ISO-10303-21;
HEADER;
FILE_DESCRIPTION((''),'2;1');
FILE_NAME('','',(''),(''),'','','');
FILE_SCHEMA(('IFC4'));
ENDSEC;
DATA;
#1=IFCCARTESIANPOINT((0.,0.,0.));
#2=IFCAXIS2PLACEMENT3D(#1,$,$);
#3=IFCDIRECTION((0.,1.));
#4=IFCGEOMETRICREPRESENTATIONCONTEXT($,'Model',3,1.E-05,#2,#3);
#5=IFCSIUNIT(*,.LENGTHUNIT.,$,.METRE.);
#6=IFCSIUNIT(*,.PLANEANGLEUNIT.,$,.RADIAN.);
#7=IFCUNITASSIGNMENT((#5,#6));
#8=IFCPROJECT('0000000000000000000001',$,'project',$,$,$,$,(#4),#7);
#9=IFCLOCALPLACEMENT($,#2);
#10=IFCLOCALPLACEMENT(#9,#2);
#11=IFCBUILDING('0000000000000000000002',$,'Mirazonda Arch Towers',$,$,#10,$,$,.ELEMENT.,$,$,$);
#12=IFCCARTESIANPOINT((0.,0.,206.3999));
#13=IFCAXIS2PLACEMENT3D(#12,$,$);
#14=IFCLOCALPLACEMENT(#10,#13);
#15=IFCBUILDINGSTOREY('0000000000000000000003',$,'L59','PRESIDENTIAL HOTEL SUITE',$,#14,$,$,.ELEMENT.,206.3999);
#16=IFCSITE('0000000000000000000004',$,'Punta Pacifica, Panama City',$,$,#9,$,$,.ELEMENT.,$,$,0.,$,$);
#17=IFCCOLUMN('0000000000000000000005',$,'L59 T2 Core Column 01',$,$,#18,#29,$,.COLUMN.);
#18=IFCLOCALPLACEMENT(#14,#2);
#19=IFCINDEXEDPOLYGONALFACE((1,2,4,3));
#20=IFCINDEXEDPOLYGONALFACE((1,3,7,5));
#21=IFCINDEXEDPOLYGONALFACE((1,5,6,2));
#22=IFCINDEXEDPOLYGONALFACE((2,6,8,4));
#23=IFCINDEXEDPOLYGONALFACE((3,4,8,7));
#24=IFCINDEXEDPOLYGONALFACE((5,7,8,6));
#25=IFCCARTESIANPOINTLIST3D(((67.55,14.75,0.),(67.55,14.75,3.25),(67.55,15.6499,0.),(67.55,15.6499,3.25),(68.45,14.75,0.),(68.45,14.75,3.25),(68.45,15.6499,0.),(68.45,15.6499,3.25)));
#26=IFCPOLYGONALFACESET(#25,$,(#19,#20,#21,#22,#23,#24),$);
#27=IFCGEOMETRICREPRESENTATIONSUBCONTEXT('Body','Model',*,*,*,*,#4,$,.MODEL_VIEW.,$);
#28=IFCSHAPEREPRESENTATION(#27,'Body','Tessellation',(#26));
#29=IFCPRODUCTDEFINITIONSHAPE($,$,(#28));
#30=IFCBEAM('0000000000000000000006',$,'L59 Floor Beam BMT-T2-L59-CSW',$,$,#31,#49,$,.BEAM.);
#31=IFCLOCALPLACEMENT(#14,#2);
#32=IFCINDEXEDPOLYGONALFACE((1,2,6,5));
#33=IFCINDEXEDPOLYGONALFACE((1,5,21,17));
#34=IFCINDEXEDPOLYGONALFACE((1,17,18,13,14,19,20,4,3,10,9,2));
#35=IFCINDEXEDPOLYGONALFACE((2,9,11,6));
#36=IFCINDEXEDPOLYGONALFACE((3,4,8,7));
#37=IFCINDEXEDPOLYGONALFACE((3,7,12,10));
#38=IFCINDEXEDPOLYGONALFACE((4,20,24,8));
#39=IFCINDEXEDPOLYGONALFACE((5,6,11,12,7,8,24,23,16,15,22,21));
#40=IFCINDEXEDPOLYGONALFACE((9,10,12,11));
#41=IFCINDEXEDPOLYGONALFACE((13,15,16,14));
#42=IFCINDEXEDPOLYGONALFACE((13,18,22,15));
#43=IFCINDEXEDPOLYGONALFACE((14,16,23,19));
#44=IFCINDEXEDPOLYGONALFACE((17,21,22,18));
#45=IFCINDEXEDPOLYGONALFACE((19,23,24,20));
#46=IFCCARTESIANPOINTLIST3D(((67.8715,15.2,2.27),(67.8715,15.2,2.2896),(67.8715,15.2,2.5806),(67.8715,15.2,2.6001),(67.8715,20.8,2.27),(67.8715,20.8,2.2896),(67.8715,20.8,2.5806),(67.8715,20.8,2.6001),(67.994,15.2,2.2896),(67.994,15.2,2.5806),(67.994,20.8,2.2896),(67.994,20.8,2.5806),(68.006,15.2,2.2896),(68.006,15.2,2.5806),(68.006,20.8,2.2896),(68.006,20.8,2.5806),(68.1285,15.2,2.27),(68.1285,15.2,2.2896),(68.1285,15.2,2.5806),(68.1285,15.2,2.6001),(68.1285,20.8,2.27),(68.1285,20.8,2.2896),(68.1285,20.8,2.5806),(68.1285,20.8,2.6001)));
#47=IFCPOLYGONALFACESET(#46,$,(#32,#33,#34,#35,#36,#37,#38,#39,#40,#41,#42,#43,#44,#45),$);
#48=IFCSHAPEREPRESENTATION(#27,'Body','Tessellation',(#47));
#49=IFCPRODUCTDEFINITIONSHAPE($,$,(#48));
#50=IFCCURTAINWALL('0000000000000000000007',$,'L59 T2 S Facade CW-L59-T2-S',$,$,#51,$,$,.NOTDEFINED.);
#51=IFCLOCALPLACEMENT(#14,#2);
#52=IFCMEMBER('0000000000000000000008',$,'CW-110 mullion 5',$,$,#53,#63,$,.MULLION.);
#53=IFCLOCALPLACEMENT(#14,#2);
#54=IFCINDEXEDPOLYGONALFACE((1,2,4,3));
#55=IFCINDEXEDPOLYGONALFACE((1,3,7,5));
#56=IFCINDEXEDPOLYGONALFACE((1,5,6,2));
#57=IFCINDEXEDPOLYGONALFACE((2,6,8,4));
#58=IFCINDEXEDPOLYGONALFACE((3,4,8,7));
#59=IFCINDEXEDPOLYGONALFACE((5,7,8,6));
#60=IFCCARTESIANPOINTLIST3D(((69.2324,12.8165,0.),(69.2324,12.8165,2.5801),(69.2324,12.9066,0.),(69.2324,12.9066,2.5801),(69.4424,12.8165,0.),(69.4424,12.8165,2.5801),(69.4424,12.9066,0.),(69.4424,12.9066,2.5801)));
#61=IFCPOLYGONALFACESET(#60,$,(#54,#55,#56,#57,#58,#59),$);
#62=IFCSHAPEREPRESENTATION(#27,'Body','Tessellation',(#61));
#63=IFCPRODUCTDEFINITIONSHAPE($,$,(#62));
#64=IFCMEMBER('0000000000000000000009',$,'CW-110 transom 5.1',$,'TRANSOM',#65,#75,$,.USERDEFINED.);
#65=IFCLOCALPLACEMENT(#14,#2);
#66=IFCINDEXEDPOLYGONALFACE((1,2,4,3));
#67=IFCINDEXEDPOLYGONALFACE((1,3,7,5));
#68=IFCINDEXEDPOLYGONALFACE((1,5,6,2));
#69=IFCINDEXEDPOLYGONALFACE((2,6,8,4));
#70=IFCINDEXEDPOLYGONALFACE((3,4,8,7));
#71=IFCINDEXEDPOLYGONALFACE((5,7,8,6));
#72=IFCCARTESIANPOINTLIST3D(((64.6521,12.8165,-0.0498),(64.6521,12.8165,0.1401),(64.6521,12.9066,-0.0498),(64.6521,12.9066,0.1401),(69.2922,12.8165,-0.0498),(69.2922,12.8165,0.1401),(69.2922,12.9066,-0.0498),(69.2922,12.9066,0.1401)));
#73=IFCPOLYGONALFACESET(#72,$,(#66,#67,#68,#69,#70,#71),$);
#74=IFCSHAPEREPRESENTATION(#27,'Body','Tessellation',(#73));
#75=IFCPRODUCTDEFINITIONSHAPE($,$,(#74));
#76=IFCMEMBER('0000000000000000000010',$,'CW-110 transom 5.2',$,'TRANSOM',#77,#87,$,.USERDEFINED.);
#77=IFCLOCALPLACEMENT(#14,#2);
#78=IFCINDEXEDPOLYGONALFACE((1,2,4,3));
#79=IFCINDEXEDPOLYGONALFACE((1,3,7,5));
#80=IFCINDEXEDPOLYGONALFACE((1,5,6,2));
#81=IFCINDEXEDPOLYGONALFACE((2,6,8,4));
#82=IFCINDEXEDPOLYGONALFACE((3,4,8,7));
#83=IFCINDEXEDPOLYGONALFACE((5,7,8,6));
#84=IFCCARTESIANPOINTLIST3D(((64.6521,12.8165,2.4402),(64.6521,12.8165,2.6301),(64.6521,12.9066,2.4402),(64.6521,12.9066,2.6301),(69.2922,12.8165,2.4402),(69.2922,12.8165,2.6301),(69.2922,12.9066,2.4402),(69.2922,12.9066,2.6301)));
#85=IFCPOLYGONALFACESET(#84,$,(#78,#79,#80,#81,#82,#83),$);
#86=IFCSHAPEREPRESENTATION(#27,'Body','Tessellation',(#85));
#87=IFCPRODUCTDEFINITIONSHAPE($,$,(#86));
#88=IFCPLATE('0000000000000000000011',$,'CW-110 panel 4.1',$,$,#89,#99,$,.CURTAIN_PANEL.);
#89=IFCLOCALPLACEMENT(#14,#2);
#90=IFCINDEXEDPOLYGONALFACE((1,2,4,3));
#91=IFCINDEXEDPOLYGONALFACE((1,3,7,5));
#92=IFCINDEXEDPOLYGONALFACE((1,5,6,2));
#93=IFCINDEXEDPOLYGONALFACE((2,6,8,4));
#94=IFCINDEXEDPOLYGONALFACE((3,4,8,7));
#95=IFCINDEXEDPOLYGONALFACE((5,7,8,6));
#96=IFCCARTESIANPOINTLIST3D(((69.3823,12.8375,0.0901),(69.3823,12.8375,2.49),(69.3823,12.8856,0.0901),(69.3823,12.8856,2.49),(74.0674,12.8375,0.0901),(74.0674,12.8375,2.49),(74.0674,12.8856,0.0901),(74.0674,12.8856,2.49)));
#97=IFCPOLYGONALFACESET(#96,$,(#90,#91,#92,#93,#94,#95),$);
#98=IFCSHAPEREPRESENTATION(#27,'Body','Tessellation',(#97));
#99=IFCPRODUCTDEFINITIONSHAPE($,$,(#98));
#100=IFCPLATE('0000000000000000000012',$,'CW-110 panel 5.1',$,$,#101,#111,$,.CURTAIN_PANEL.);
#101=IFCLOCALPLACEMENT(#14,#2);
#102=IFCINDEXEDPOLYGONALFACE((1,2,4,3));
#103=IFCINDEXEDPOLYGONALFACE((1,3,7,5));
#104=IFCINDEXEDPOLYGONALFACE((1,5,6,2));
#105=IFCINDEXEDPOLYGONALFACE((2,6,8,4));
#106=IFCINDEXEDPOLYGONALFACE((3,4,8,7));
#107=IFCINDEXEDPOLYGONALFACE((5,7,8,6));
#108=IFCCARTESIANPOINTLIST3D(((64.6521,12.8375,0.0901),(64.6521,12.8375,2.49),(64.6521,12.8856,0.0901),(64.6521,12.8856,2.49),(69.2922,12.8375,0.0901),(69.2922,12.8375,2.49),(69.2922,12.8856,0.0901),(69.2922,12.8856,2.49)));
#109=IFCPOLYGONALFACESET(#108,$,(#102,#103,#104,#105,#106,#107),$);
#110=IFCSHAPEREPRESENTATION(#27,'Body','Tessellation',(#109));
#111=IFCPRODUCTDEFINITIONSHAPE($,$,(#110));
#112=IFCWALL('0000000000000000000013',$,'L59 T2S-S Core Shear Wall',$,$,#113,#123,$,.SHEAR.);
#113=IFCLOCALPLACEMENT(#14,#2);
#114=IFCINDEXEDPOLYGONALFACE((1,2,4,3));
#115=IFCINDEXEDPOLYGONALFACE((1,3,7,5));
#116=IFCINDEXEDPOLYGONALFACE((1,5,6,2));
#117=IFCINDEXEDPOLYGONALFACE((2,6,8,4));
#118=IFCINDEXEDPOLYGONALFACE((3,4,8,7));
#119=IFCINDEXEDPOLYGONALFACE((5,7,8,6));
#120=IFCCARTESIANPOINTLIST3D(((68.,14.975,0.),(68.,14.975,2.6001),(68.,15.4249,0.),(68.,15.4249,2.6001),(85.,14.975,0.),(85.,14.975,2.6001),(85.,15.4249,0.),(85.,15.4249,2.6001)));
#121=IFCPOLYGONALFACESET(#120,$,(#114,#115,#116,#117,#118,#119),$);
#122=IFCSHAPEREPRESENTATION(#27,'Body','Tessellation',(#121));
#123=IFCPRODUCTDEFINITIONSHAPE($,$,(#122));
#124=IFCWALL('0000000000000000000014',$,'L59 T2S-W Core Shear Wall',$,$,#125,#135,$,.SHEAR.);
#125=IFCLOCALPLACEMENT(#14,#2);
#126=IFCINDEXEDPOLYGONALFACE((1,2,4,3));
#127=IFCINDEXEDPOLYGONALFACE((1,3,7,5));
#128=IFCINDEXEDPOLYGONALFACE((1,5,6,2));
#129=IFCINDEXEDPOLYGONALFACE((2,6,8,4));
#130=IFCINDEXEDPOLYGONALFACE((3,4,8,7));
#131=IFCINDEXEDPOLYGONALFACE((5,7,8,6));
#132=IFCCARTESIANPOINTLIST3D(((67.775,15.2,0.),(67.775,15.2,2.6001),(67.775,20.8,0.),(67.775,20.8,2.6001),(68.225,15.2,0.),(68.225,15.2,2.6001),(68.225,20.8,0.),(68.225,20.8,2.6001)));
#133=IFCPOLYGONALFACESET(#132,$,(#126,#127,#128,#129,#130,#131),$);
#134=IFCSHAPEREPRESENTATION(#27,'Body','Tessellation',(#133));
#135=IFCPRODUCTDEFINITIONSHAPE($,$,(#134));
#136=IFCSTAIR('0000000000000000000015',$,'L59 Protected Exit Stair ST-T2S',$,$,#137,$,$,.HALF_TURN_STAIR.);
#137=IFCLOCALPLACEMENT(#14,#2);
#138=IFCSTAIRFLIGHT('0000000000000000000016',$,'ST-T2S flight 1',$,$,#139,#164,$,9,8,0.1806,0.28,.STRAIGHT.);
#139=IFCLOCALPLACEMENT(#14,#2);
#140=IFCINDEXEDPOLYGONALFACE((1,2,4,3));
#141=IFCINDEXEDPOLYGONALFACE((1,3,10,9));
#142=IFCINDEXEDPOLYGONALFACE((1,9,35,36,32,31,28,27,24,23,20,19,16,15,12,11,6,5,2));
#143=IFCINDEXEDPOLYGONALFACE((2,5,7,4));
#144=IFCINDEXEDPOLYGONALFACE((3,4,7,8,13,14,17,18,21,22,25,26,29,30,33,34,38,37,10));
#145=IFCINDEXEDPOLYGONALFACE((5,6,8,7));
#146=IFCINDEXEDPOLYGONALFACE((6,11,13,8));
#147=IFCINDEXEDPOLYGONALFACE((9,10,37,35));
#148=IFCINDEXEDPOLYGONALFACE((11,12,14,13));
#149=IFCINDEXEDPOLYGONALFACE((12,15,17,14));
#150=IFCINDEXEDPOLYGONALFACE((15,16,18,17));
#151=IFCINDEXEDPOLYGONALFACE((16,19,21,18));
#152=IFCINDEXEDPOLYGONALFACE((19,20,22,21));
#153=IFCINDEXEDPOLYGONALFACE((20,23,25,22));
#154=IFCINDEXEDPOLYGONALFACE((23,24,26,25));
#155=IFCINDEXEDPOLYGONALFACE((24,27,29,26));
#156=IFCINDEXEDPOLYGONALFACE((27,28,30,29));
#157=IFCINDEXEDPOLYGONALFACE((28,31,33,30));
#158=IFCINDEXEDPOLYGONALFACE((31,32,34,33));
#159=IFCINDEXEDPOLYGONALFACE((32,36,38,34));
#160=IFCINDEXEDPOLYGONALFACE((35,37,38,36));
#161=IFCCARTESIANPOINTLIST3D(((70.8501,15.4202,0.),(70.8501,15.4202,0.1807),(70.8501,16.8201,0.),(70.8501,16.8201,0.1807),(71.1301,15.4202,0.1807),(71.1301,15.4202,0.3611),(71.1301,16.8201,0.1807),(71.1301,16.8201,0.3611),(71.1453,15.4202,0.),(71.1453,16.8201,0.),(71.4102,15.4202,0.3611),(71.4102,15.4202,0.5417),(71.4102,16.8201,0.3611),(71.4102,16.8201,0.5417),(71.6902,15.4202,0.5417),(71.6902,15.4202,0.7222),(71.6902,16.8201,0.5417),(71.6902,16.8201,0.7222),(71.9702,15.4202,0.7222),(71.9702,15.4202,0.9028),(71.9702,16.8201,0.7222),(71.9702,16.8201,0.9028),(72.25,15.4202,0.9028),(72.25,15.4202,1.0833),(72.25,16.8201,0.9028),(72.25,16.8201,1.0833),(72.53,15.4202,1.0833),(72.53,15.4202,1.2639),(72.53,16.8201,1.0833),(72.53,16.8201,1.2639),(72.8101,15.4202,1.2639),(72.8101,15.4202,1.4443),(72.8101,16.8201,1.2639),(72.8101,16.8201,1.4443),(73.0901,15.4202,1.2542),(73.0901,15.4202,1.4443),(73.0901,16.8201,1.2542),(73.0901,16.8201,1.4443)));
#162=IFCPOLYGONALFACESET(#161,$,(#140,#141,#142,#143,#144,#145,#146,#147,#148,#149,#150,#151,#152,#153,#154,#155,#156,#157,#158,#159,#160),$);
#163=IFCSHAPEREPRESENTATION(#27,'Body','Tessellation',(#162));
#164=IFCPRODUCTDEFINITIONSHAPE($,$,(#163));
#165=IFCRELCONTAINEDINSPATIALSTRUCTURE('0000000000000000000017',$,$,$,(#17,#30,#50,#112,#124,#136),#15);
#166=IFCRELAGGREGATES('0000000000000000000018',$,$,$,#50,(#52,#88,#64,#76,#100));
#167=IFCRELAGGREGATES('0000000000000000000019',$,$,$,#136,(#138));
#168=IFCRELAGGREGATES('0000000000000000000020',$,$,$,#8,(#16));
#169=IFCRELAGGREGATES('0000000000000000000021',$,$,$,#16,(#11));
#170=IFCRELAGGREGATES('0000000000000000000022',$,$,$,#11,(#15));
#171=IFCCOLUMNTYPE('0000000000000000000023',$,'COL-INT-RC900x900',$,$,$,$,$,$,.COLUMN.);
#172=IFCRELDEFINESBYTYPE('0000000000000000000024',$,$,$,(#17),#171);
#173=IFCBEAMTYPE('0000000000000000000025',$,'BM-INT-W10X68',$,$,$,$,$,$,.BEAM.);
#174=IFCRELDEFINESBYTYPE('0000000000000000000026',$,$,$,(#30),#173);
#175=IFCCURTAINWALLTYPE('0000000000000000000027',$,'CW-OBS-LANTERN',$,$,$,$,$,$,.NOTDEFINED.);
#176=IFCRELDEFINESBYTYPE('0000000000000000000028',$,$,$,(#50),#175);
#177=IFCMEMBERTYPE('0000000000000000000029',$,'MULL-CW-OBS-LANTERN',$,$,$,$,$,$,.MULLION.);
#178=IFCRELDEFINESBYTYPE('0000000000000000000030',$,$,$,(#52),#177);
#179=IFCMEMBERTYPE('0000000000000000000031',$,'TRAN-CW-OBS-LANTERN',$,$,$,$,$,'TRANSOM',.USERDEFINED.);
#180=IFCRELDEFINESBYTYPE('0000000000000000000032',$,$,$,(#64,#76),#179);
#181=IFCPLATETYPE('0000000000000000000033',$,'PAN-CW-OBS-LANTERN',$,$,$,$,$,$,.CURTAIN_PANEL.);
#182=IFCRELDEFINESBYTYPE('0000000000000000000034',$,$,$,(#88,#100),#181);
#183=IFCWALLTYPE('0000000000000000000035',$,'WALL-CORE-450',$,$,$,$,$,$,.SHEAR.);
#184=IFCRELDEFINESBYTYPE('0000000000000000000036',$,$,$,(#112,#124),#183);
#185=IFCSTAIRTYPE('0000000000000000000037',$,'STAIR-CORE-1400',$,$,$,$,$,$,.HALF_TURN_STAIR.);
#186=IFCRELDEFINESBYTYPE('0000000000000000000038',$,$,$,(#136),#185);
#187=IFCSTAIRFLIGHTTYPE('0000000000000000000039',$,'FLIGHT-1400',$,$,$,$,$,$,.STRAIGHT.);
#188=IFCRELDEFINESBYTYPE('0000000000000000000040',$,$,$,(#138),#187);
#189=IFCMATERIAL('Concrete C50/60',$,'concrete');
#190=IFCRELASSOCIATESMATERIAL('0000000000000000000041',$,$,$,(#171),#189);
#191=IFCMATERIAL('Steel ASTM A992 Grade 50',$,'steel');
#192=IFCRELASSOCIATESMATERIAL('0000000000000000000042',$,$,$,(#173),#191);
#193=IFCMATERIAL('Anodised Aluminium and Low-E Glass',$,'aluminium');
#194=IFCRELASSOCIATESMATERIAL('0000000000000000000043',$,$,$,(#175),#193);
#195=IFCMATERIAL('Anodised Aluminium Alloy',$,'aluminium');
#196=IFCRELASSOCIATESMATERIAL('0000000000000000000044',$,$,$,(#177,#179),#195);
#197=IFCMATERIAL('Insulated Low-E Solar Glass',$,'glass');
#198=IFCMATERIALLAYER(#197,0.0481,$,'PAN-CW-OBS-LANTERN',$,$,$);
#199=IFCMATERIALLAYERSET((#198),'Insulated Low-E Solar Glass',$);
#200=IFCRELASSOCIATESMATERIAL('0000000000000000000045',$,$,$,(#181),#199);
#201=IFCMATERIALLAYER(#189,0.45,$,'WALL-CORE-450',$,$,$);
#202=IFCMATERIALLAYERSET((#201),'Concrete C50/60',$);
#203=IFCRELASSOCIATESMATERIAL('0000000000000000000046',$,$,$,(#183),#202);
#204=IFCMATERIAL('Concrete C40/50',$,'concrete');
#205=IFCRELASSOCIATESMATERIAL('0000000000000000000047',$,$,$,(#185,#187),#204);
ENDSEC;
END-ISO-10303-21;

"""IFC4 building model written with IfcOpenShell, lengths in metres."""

from ifc_helpers import new_model, si_unit, direction, frame, frame_2d, origin, origin_2d, place, context, subcontext, project, spatial, polyline, rectangle, i_section, outline, extrude, material, layer, layer_set, material_profile, profile_set, type_object, element, aggregate, save


model = new_model("IFC4")

# Units and contexts
model_context = context("Model", 3, precision=1e-05, world=origin(), true_north=direction((0.0, 1.0)))
body_context = subcontext(model_context, "Body", "Model", "MODEL_VIEW")
ifc_project = project(units=[si_unit("LENGTHUNIT", "METRE"), si_unit("PLANEANGLEUNIT", "RADIAN")], contexts=[model_context])

# Site, building, storey
site_placement = place(None, origin())
site = spatial("IfcSite", under=ifc_project, at=site_placement, Name="Punta Pacifica, Panama City", CompositionType="ELEMENT", RefElevation=0.0)
building_placement = place(site_placement, origin())
building = spatial("IfcBuilding", under=site, at=building_placement, Name="Mirazonda Arch Towers", CompositionType="ELEMENT")
storey_placement = place(building_placement, frame((0.0, 0.0, 206.3999)))
storey = spatial("IfcBuildingStorey", under=building, at=storey_placement, Name="L59", Description="PRESIDENTIAL HOTEL SUITE", CompositionType="ELEMENT", Elevation=206.3999)

# Column
ifc_material_1 = material(Name="Concrete C50/60", Category="concrete")
ifc_material_profile_1 = material_profile(ifc_material_1, rectangle(XDim=0.8999, YDim=0.8999, at=origin_2d()), Name="RC900x900")
ifc_profile_set_1 = profile_set([ifc_material_profile_1], Name="Concrete C50/60")
column_type = type_object("IfcColumnType", Name="COL-INT-RC900x900", PredefinedType="COLUMN", material=ifc_profile_set_1)
column_placement = place(storey_placement, frame((68.0, 15.2, 0.0), z_axis=(0.0, 0.0, 1.0), x_axis=(1.0, 0.0, 0.0)))
element("IfcColumn", 1, at=column_placement, inside=storey, type_object=column_type, Name="L59 T2 Core Column 01", PredefinedType="COLUMN", context=body_context, shape_type="SweptSolid", body=[
    extrude(rectangle(XDim=0.8999, YDim=0.8999, at=origin_2d()), origin(), (0.0, 0.0, 1.0), 3.25),
])

# Beam
ifc_material_2 = material(Name="Steel ASTM A992 Grade 50", Category="steel")
ifc_material_profile_2 = material_profile(ifc_material_2, i_section(OverallWidth=0.2571, OverallDepth=0.3301, WebThickness=0.012, FlangeThickness=0.0195, at=origin_2d()), Name="W10X68")
ifc_profile_set_2 = profile_set([ifc_material_profile_2], Name="Steel ASTM A992 Grade 50")
beam_type = type_object("IfcBeamType", Name="BM-INT-W10X68", PredefinedType="BEAM", material=ifc_profile_set_2)
beam_placement = place(storey_placement, frame((68.0, 15.2, 2.4351), z_axis=(0.0, 1.0, 0.0), x_axis=(-1.0, 0.0, 0.0)))
element("IfcBeam", 2, at=beam_placement, inside=storey, type_object=beam_type, Name="L59 Floor Beam BMT-T2-L59-CSW", PredefinedType="BEAM", context=body_context, shape_type="SweptSolid", body=[
    extrude(i_section(OverallWidth=0.2571, OverallDepth=0.3301, WebThickness=0.012, FlangeThickness=0.0195, at=origin_2d()), origin(), (0.0, 0.0, 1.0), 5.6001),
])

# Curtain wall, members, plates
ifc_material_3 = material(Name="Anodised Aluminium and Low-E Glass", Category="aluminium")
curtain_wall_type = type_object("IfcCurtainWallType", Name="CW-OBS-LANTERN", PredefinedType="NOTDEFINED", material=ifc_material_3)
curtain_wall_placement = place(storey_placement, origin())
curtain_wall = element("IfcCurtainWall", 3, at=curtain_wall_placement, inside=storey, type_object=curtain_wall_type, Name="L59 T2 S Facade CW-L59-T2-S", PredefinedType="NOTDEFINED")
ifc_material_4 = material(Name="Anodised Aluminium Alloy", Category="aluminium")
ifc_material_profile_3 = material_profile(ifc_material_4, rectangle(XDim=0.0901, YDim=0.21, at=origin_2d()), Name="ALU-MULL-90x210")
ifc_profile_set_3 = profile_set([ifc_material_profile_3], Name="Anodised Aluminium Alloy")
member_type_1 = type_object("IfcMemberType", Name="MULL-CW-OBS-LANTERN", PredefinedType="MULLION", material=ifc_profile_set_3)
member_1_placement = place(storey_placement, frame((69.3374, 12.8616, 0.0), z_axis=(0.0, 0.0, 1.0), x_axis=(0.0, -1.0, 0.0)))
member_1 = element("IfcMember", 4, at=member_1_placement, type_object=member_type_1, Name="CW-110 mullion 5", PredefinedType="MULLION", context=body_context, shape_type="SweptSolid", body=[
    extrude(rectangle(XDim=0.0901, YDim=0.21, at=origin_2d()), origin(), (0.0, 0.0, 1.0), 2.5801),
])
ifc_material_profile_4 = material_profile(ifc_material_4, rectangle(XDim=0.0901, YDim=0.1899, at=origin_2d()), Name="ALU-TRAN-90x190")
ifc_profile_set_4 = profile_set([ifc_material_profile_4], Name="Anodised Aluminium Alloy")
member_type_2 = type_object("IfcMemberType", Name="TRAN-CW-OBS-LANTERN", ElementType="TRANSOM", PredefinedType="USERDEFINED", material=ifc_profile_set_4)
member_2_placement = place(storey_placement, frame((69.2922, 12.8616, 0.0452), z_axis=(-1.0, 0.0, 0.0), x_axis=(0.0, -1.0, 0.0)))
member_2 = element("IfcMember", 5, at=member_2_placement, type_object=member_type_2, Name="CW-110 transom 5.1", ObjectType="TRANSOM", PredefinedType="USERDEFINED", context=body_context, shape_type="SweptSolid", body=[
    extrude(rectangle(XDim=0.0901, YDim=0.1899, at=origin_2d()), origin(), (0.0, 0.0, 1.0), 4.6401),
])
member_3_placement = place(storey_placement, frame((69.2922, 12.8616, 2.5352), z_axis=(-1.0, 0.0, 0.0), x_axis=(0.0, -1.0, 0.0)))
member_3 = element("IfcMember", 6, at=member_3_placement, type_object=member_type_2, Name="CW-110 transom 5.2", ObjectType="TRANSOM", PredefinedType="USERDEFINED", context=body_context, shape_type="SweptSolid", body=[
    extrude(rectangle(XDim=0.0901, YDim=0.1899, at=origin_2d()), origin(), (0.0, 0.0, 1.0), 4.6401),
])
ifc_material_5 = material(Name="Insulated Low-E Solar Glass", Category="glass")
ifc_layer_1 = layer(ifc_material_5, 0.0481, Name="PAN-CW-OBS-LANTERN")
ifc_layer_set_1 = layer_set([ifc_layer_1], Name="Insulated Low-E Solar Glass")
plate_type = type_object("IfcPlateType", Name="PAN-CW-OBS-LANTERN", PredefinedType="CURTAIN_PANEL", material=ifc_layer_set_1)
plate_1_placement = place(storey_placement, frame((71.7249, 12.8616, 0.0901), z_axis=(0.0, 0.0, 1.0), x_axis=(-1.0, 0.0, 0.0)))
plate_1 = element("IfcPlate", 7, at=plate_1_placement, type_object=plate_type, Name="CW-110 panel 4.1", PredefinedType="CURTAIN_PANEL", context=body_context, shape_type="SweptSolid", body=[
    extrude(rectangle(XDim=4.6851, YDim=0.0481, at=origin_2d()), origin(), (0.0, 0.0, 1.0), 2.3999),
])
plate_2_placement = place(storey_placement, frame((66.9722, 12.8616, 0.0901), z_axis=(0.0, 0.0, 1.0), x_axis=(-1.0, 0.0, 0.0)))
plate_2 = element("IfcPlate", 8, at=plate_2_placement, type_object=plate_type, Name="CW-110 panel 5.1", PredefinedType="CURTAIN_PANEL", context=body_context, shape_type="SweptSolid", body=[
    extrude(rectangle(XDim=4.6401, YDim=0.0481, at=origin_2d()), origin(), (0.0, 0.0, 1.0), 2.3999),
])
aggregate(curtain_wall, [member_1, plate_1, member_2, member_3, plate_2])

# Walls
ifc_layer_2 = layer(ifc_material_1, 0.45, Name="WALL-CORE-450")
ifc_layer_set_2 = layer_set([ifc_layer_2], Name="Concrete C50/60")
wall_type = type_object("IfcWallType", Name="WALL-CORE-450", PredefinedType="SHEAR", material=ifc_layer_set_2)
wall_1_placement = place(storey_placement, frame((68.0, 15.2, 0.0), z_axis=(0.0, 0.0, 1.0), x_axis=(1.0, 0.0, 0.0)))
element("IfcWall", 9, at=wall_1_placement, inside=storey, type_object=wall_type, Name="L59 T2S-S Core Shear Wall", PredefinedType="SHEAR", context=body_context, shape_type="SweptSolid", body=[
    extrude(rectangle(XDim=17.0, YDim=0.45, at=frame_2d((8.5, 0.0))), origin(), (0.0, 0.0, 1.0), 2.6001),
])
wall_2_placement = place(storey_placement, frame((68.0, 15.2, 0.0), z_axis=(0.0, 0.0, 1.0), x_axis=(0.0, 1.0, 0.0)))
element("IfcWall", 10, at=wall_2_placement, inside=storey, type_object=wall_type, Name="L59 T2S-W Core Shear Wall", PredefinedType="SHEAR", context=body_context, shape_type="SweptSolid", body=[
    extrude(rectangle(XDim=5.6001, YDim=0.45, at=frame_2d((2.8, 0.0))), origin(), (0.0, 0.0, 1.0), 2.6001),
])

# Stair, stair flight
ifc_material_6 = material(Name="Concrete C40/50", Category="concrete")
stair_type = type_object("IfcStairType", Name="STAIR-CORE-1400", PredefinedType="HALF_TURN_STAIR", material=ifc_material_6)
stair_placement = place(storey_placement, origin())
stair = element("IfcStair", 11, at=stair_placement, inside=storey, type_object=stair_type, Name="L59 Protected Exit Stair ST-T2S", PredefinedType="HALF_TURN_STAIR")
stair_flight_type = type_object("IfcStairFlightType", Name="FLIGHT-1400", PredefinedType="STRAIGHT", material=ifc_material_6)
stair_flight_1_placement = place(storey_placement, frame((70.8501, 16.1201, 0.0), z_axis=(0.0, 0.0, 1.0), x_axis=(1.0, 0.0, 0.0)))
stair_flight_1 = element("IfcStairFlight", 12, at=stair_flight_1_placement, type_object=stair_flight_type, Name="ST-T2S flight 1", NumberOfRisers=9, NumberOfTreads=8, PredefinedType="STRAIGHT", RiserHeight=0.1806, TreadLength=0.28, context=body_context, shape_type="SweptSolid", body=[
    extrude(outline(polyline([(0.0, 0.0), (0.0, 0.1807), (0.28, 0.1807), (0.28, 0.3611), (0.5601, 0.3611), (0.5601, 0.5417), (0.8401, 0.5417), (0.8401, 0.7222), (1.1201, 0.7222), (1.1201, 0.9028), (1.3999, 0.9028), (1.3999, 1.0833), (1.6799, 1.0833), (1.6799, 1.2639), (1.96, 1.2639), (1.96, 1.4443), (2.24, 1.4443), (2.24, 1.625), (2.24, 1.2542), (0.2952, 0.0), (0.0, 0.0)])), frame((0.0, 0.7, 0.0), z_axis=(0.0, -1.0, 0.0), x_axis=(1.0, 0.0, 0.0)), (0.0, 0.0, 1.0), 1.3999),
])
aggregate(stair, [stair_flight_1])

save(model, "model.ifc")
